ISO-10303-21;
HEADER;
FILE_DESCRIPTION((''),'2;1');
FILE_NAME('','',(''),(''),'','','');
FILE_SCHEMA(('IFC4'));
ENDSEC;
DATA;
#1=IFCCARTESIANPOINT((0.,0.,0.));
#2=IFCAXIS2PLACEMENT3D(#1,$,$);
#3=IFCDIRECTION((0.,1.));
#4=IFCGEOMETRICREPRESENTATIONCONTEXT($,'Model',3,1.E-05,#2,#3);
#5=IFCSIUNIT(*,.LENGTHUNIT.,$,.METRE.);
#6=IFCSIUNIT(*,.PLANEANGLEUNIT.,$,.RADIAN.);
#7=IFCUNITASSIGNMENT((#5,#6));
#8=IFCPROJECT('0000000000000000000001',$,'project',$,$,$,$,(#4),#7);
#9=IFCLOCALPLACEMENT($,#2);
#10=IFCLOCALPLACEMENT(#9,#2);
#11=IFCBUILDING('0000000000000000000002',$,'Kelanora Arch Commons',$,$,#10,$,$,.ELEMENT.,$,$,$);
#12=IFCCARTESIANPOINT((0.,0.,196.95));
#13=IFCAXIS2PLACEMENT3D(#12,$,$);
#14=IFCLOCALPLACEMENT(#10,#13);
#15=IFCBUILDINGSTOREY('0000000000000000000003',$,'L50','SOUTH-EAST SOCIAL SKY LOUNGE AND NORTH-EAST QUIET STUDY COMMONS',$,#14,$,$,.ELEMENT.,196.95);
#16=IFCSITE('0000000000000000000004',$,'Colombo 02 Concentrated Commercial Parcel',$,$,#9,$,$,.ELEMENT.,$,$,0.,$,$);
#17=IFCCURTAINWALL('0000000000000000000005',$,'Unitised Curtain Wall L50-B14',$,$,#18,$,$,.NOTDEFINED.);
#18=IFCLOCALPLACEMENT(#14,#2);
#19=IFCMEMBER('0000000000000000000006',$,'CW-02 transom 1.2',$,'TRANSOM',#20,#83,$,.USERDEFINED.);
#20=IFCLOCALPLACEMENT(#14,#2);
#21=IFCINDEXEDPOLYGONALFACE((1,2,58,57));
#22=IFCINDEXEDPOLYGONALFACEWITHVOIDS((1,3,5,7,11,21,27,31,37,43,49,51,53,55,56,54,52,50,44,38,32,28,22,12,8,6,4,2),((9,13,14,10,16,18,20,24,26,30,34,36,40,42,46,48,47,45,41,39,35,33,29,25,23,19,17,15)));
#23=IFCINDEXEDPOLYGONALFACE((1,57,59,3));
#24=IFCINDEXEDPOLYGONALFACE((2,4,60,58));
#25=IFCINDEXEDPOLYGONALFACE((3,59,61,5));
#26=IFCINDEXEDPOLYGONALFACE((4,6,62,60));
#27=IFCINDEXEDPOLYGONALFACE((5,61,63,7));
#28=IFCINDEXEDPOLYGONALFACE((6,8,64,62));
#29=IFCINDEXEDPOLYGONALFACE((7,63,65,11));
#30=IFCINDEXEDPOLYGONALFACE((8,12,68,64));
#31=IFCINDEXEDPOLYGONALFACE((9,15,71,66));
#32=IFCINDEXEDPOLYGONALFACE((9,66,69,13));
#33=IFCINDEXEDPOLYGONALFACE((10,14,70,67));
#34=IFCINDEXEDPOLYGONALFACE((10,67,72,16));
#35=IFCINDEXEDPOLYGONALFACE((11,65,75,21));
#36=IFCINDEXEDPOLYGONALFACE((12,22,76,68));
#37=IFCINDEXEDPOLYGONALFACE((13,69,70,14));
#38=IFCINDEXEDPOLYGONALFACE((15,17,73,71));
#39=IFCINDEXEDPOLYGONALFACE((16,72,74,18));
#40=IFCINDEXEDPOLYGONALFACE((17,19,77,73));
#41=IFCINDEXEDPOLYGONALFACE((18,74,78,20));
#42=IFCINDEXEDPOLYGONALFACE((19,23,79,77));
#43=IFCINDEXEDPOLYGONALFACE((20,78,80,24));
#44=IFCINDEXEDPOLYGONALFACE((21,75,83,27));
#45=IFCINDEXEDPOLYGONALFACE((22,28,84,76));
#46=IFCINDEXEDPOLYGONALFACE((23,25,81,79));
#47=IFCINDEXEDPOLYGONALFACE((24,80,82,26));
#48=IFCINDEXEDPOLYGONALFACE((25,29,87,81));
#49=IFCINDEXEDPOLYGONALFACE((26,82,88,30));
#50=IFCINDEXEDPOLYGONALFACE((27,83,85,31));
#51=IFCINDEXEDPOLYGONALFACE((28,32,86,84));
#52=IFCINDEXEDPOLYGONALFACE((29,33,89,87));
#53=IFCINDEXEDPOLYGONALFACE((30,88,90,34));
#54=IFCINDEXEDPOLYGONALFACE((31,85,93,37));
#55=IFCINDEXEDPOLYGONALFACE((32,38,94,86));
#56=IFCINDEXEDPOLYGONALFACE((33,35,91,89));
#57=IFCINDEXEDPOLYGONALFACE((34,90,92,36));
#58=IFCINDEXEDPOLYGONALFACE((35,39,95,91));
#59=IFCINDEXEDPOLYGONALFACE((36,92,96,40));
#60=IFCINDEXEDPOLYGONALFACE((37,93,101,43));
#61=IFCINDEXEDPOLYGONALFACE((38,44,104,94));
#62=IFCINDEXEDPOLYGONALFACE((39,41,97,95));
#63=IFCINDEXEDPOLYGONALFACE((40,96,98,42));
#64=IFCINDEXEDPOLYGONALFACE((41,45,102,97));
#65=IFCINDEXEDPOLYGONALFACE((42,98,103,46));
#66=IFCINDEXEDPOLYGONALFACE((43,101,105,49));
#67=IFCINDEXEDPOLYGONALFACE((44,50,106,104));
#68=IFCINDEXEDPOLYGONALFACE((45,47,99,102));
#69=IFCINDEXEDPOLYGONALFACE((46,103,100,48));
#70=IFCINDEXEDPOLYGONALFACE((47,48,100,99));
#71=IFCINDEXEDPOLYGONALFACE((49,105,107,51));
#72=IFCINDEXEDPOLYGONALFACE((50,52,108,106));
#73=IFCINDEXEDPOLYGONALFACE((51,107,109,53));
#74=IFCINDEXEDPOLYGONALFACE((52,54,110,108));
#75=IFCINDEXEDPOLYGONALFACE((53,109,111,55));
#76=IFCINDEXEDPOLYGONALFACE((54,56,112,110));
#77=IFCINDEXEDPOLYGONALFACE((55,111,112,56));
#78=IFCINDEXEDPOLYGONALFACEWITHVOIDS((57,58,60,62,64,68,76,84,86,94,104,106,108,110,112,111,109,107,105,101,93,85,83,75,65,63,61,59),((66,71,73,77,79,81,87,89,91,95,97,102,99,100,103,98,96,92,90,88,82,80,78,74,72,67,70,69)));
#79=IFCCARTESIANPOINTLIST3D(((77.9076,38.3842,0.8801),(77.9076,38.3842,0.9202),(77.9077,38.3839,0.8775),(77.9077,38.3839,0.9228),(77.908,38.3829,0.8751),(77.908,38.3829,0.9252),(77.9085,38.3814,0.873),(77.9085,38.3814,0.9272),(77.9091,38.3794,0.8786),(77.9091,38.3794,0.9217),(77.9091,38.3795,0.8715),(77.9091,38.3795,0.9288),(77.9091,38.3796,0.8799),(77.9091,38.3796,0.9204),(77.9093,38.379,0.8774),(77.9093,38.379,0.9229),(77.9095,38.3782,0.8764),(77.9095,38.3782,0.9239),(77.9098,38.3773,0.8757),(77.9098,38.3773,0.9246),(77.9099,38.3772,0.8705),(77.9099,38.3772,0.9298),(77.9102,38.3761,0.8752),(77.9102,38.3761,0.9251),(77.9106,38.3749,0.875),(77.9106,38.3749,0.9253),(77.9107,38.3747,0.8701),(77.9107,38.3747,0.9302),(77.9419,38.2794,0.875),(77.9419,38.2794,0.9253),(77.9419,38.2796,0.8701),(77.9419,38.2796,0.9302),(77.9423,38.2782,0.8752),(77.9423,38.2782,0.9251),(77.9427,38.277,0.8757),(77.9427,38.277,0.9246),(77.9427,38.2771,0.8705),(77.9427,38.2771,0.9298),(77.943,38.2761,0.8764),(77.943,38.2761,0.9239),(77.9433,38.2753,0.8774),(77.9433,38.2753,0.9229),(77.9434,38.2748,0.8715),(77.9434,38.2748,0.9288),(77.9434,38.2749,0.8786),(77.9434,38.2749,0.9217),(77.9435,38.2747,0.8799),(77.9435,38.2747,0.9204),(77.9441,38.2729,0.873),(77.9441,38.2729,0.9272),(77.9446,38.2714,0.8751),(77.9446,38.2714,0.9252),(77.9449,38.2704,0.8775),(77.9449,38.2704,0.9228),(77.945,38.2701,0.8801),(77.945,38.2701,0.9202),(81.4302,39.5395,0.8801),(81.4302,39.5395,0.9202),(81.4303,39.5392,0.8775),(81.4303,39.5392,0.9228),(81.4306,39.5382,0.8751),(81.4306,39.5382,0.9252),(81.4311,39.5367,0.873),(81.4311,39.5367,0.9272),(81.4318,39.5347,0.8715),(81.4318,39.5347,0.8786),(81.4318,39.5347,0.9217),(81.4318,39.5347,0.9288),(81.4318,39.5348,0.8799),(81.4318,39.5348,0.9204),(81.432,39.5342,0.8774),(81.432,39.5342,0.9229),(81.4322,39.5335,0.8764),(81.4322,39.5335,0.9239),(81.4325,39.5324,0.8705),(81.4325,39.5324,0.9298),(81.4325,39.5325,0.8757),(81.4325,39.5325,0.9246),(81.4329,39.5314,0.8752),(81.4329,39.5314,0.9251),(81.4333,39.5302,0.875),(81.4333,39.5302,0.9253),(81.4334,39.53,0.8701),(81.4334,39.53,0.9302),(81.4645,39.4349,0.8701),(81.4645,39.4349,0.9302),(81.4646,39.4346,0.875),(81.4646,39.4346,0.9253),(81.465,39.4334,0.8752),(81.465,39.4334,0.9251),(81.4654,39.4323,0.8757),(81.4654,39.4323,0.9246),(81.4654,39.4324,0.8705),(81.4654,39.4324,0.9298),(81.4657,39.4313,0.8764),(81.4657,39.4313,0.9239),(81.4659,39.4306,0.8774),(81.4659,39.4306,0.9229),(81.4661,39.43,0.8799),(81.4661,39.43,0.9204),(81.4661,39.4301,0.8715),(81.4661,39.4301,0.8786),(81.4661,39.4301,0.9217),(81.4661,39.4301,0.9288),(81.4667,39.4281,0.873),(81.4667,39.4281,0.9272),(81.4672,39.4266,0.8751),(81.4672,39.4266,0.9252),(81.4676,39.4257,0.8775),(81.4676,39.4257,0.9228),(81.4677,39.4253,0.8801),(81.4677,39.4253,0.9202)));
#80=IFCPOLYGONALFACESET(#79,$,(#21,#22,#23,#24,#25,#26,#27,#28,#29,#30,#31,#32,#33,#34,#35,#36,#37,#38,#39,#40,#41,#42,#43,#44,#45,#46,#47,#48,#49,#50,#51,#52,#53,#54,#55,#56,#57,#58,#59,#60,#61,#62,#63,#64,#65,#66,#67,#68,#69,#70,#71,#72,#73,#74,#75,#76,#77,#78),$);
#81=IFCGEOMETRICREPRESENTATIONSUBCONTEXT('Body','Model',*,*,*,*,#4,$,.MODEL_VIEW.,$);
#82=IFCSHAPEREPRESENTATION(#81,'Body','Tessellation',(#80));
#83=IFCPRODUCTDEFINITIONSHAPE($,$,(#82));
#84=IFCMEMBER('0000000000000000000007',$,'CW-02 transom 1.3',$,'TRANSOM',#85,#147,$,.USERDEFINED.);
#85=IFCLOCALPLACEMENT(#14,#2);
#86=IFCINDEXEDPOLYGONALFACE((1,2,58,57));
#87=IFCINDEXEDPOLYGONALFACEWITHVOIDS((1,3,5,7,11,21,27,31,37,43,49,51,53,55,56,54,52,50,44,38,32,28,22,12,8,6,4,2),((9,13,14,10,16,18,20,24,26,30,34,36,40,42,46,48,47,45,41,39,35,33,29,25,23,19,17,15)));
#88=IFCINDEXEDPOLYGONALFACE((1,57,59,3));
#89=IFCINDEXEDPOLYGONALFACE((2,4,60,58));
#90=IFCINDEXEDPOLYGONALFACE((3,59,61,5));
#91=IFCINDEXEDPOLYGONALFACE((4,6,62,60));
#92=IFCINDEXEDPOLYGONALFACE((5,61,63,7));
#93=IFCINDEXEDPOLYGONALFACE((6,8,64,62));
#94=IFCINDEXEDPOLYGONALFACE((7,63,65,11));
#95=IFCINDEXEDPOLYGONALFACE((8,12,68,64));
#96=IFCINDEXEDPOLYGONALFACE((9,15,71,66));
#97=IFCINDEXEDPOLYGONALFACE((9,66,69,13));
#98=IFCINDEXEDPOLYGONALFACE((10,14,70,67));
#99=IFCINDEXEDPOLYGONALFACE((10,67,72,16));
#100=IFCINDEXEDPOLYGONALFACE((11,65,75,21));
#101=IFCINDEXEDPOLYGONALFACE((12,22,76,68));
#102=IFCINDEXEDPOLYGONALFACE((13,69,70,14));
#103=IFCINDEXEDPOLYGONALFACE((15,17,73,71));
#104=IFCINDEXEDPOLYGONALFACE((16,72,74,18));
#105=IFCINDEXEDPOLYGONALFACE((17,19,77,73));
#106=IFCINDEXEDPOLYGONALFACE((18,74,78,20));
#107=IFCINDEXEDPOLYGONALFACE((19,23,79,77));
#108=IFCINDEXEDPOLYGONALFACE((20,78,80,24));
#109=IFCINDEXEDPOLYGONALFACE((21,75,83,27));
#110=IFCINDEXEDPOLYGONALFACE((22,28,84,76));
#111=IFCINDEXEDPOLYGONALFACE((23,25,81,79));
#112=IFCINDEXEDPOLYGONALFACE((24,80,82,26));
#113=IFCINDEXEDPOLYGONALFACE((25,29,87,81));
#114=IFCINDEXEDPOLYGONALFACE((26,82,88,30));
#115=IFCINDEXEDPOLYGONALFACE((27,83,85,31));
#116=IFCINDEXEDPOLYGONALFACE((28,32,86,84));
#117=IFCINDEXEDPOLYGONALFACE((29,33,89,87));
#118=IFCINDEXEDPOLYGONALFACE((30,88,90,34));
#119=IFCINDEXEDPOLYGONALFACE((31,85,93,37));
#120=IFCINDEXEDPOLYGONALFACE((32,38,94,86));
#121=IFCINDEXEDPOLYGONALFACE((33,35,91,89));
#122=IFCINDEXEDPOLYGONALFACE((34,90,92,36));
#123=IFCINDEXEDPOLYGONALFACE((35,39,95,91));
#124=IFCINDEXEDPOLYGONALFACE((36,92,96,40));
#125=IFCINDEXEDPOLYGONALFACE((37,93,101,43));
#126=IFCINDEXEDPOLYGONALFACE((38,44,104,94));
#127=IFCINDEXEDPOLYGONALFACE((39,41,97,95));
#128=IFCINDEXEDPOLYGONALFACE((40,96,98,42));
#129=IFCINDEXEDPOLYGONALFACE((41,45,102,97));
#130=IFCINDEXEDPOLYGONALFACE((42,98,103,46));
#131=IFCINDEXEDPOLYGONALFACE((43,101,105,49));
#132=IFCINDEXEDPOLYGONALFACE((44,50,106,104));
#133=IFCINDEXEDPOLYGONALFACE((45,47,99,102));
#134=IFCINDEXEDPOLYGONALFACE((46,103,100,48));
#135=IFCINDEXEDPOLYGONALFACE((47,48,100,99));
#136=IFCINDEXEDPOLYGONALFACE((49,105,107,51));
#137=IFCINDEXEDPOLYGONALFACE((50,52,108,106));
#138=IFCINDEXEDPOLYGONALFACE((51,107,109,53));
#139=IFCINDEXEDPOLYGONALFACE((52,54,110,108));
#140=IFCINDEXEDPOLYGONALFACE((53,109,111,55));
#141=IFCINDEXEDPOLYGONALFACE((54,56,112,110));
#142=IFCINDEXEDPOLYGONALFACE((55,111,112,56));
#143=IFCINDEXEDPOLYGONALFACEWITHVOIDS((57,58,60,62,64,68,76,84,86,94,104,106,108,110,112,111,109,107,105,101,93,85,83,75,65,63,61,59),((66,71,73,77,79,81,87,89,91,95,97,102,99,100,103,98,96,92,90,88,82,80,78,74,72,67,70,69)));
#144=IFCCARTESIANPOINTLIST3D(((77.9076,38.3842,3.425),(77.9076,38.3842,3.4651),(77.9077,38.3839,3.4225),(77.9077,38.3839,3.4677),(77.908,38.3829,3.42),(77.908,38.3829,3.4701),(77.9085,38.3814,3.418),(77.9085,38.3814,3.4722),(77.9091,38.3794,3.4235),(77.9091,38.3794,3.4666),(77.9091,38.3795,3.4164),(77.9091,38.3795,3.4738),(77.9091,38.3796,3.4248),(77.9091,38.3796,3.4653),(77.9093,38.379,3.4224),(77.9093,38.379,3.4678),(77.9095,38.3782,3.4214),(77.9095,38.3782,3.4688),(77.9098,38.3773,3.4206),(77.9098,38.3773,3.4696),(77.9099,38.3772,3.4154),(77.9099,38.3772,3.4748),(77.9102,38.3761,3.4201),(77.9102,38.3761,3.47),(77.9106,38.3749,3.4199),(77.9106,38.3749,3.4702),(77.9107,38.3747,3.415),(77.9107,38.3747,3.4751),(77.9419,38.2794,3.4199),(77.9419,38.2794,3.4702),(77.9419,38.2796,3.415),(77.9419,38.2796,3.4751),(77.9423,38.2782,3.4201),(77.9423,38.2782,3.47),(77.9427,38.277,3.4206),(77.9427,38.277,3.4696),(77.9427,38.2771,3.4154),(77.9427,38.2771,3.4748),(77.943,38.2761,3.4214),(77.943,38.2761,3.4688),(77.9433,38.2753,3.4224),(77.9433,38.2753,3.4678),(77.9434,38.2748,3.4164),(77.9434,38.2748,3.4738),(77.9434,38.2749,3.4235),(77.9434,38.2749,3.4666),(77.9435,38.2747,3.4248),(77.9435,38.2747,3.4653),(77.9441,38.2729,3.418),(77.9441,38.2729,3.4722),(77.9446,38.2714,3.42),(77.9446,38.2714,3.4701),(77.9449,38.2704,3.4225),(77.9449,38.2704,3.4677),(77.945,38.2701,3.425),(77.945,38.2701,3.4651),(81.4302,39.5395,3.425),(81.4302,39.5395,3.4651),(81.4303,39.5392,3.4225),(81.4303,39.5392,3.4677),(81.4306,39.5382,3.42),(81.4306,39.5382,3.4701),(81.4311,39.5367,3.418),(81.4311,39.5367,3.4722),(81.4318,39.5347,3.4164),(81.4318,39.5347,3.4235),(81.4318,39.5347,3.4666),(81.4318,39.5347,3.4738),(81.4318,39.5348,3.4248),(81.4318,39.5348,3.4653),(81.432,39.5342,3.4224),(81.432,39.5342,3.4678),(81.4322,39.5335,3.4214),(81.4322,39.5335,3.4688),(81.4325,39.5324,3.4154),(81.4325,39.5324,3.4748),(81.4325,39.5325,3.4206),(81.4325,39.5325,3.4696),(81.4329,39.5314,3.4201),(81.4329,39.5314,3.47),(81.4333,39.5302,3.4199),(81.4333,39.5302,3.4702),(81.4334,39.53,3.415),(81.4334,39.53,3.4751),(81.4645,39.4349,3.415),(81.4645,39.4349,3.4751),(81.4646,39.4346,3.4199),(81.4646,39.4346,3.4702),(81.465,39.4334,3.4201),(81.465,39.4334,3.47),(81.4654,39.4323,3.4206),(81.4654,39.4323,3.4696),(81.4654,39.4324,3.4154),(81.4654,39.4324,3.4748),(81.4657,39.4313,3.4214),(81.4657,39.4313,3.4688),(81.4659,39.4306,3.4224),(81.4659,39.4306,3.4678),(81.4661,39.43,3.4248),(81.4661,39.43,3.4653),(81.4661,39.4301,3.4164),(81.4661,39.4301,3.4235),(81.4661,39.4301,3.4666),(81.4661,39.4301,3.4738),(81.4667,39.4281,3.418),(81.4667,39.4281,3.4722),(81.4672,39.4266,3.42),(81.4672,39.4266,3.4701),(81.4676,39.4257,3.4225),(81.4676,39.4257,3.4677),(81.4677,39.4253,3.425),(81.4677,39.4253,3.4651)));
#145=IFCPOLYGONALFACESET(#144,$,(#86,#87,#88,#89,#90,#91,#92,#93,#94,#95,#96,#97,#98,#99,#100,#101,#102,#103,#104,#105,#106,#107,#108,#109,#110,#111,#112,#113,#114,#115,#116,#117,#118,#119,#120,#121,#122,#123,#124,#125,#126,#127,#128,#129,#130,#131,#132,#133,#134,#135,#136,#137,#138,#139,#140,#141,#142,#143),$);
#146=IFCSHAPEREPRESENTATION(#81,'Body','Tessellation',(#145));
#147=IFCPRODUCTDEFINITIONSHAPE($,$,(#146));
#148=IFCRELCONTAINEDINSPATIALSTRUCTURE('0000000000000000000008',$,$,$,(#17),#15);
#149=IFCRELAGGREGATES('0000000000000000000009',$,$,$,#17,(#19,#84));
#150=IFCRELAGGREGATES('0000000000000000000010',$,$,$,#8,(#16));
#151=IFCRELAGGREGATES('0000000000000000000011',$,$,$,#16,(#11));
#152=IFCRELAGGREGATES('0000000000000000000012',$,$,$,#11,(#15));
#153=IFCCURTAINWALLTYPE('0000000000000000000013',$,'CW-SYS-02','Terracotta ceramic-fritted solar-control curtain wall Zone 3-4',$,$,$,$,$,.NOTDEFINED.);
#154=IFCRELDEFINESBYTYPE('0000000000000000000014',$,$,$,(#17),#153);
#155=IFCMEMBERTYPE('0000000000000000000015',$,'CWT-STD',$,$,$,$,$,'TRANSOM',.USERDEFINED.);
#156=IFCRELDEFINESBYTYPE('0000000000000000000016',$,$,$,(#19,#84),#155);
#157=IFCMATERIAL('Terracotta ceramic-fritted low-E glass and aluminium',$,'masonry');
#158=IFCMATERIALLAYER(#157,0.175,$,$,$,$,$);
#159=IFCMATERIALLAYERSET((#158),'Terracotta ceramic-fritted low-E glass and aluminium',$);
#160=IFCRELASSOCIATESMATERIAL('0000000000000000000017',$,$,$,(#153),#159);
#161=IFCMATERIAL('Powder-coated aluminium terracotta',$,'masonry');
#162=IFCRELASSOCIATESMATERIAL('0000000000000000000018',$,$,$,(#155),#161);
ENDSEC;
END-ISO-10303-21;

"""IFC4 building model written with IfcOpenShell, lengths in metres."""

from ifc_helpers import new_model, si_unit, direction, frame, origin, origin_2d, place, context, subcontext, project, spatial, hollow_rectangle, extrude, material, layer, layer_set, material_profile, profile_set, type_object, element, aggregate, save


model = new_model("IFC4")

# Units and contexts
model_context = context("Model", 3, precision=1e-05, world=origin(), true_north=direction((0.0, 1.0)))
body_context = subcontext(model_context, "Body", "Model", "MODEL_VIEW")
ifc_project = project(units=[si_unit("LENGTHUNIT", "METRE"), si_unit("PLANEANGLEUNIT", "RADIAN")], contexts=[model_context])

# Site, building, storey
site_placement = place(None, origin())
site = spatial("IfcSite", under=ifc_project, at=site_placement, Name="Colombo 02 Concentrated Commercial Parcel", CompositionType="ELEMENT", RefElevation=0.0)
building_placement = place(site_placement, origin())
building = spatial("IfcBuilding", under=site, at=building_placement, Name="Kelanora Arch Commons", CompositionType="ELEMENT")
storey_placement = place(building_placement, frame((0.0, 0.0, 196.95)))
storey = spatial("IfcBuildingStorey", under=building, at=storey_placement, Name="L50", Description="SOUTH-EAST SOCIAL SKY LOUNGE AND NORTH-EAST QUIET STUDY COMMONS", CompositionType="ELEMENT", Elevation=196.95)

# Curtain wall, members
ifc_material_1 = material(Name="Terracotta ceramic-fritted low-E glass and aluminium", Category="masonry")
ifc_layer_1 = layer(ifc_material_1, 0.175)
ifc_layer_set_1 = layer_set([ifc_layer_1], Name="Terracotta ceramic-fritted low-E glass and aluminium")
curtain_wall_type = type_object("IfcCurtainWallType", Name="CW-SYS-02", Description="Terracotta ceramic-fritted solar-control curtain wall Zone 3-4", PredefinedType="NOTDEFINED", material=ifc_layer_set_1)
curtain_wall_placement = place(storey_placement, origin())
curtain_wall = element("IfcCurtainWall", 1, at=curtain_wall_placement, inside=storey, type_object=curtain_wall_type, Name="Unitised Curtain Wall L50-B14", PredefinedType="NOTDEFINED")
ifc_material_2 = material(Name="Powder-coated aluminium terracotta", Category="masonry")
ifc_material_profile_1 = material_profile(ifc_material_2, hollow_rectangle(XDim=0.1201, YDim=0.0601, WallThickness=0.0049, InnerFilletRadius=0.0049, OuterFilletRadius=0.01, at=origin_2d()), Name="CWT120x60")
ifc_profile_set_1 = profile_set([ifc_material_profile_1], Name="Powder-coated aluminium terracotta")
member_type_1 = type_object("IfcMemberType", Name="CWT-STD", ElementType="TRANSOM", PredefinedType="USERDEFINED", material=ifc_profile_set_1)
member_1_placement = place(storey_placement, frame((77.9263, 38.3271, 0.9001), z_axis=(0.950207, 0.311621, 0.0), x_axis=(-0.311621, 0.950207, 0.0)))
member_1 = element("IfcMember", 2, at=member_1_placement, type_object=member_type_1, Name="CW-02 transom 1.2", ObjectType="TRANSOM", PredefinedType="USERDEFINED", context=body_context, shape_type="SweptSolid", body=[
    extrude(hollow_rectangle(XDim=0.1201, YDim=0.0601, WallThickness=0.0049, InnerFilletRadius=0.0049, OuterFilletRadius=0.01, at=origin_2d()), origin(), (0.0, 0.0, 1.0), 3.7073),
])
member_2_placement = place(storey_placement, frame((77.9263, 38.3271, 3.4451), z_axis=(0.950207, 0.311621, 0.0), x_axis=(-0.311621, 0.950207, 0.0)))
member_2 = element("IfcMember", 3, at=member_2_placement, type_object=member_type_1, Name="CW-02 transom 1.3", ObjectType="TRANSOM", PredefinedType="USERDEFINED", context=body_context, shape_type="SweptSolid", body=[
    extrude(hollow_rectangle(XDim=0.1201, YDim=0.0601, WallThickness=0.0049, InnerFilletRadius=0.0049, OuterFilletRadius=0.01, at=origin_2d()), origin(), (0.0, 0.0, 1.0), 3.7073),
])
aggregate(curtain_wall, [member_1, member_2])

save(model, "model.ifc")
